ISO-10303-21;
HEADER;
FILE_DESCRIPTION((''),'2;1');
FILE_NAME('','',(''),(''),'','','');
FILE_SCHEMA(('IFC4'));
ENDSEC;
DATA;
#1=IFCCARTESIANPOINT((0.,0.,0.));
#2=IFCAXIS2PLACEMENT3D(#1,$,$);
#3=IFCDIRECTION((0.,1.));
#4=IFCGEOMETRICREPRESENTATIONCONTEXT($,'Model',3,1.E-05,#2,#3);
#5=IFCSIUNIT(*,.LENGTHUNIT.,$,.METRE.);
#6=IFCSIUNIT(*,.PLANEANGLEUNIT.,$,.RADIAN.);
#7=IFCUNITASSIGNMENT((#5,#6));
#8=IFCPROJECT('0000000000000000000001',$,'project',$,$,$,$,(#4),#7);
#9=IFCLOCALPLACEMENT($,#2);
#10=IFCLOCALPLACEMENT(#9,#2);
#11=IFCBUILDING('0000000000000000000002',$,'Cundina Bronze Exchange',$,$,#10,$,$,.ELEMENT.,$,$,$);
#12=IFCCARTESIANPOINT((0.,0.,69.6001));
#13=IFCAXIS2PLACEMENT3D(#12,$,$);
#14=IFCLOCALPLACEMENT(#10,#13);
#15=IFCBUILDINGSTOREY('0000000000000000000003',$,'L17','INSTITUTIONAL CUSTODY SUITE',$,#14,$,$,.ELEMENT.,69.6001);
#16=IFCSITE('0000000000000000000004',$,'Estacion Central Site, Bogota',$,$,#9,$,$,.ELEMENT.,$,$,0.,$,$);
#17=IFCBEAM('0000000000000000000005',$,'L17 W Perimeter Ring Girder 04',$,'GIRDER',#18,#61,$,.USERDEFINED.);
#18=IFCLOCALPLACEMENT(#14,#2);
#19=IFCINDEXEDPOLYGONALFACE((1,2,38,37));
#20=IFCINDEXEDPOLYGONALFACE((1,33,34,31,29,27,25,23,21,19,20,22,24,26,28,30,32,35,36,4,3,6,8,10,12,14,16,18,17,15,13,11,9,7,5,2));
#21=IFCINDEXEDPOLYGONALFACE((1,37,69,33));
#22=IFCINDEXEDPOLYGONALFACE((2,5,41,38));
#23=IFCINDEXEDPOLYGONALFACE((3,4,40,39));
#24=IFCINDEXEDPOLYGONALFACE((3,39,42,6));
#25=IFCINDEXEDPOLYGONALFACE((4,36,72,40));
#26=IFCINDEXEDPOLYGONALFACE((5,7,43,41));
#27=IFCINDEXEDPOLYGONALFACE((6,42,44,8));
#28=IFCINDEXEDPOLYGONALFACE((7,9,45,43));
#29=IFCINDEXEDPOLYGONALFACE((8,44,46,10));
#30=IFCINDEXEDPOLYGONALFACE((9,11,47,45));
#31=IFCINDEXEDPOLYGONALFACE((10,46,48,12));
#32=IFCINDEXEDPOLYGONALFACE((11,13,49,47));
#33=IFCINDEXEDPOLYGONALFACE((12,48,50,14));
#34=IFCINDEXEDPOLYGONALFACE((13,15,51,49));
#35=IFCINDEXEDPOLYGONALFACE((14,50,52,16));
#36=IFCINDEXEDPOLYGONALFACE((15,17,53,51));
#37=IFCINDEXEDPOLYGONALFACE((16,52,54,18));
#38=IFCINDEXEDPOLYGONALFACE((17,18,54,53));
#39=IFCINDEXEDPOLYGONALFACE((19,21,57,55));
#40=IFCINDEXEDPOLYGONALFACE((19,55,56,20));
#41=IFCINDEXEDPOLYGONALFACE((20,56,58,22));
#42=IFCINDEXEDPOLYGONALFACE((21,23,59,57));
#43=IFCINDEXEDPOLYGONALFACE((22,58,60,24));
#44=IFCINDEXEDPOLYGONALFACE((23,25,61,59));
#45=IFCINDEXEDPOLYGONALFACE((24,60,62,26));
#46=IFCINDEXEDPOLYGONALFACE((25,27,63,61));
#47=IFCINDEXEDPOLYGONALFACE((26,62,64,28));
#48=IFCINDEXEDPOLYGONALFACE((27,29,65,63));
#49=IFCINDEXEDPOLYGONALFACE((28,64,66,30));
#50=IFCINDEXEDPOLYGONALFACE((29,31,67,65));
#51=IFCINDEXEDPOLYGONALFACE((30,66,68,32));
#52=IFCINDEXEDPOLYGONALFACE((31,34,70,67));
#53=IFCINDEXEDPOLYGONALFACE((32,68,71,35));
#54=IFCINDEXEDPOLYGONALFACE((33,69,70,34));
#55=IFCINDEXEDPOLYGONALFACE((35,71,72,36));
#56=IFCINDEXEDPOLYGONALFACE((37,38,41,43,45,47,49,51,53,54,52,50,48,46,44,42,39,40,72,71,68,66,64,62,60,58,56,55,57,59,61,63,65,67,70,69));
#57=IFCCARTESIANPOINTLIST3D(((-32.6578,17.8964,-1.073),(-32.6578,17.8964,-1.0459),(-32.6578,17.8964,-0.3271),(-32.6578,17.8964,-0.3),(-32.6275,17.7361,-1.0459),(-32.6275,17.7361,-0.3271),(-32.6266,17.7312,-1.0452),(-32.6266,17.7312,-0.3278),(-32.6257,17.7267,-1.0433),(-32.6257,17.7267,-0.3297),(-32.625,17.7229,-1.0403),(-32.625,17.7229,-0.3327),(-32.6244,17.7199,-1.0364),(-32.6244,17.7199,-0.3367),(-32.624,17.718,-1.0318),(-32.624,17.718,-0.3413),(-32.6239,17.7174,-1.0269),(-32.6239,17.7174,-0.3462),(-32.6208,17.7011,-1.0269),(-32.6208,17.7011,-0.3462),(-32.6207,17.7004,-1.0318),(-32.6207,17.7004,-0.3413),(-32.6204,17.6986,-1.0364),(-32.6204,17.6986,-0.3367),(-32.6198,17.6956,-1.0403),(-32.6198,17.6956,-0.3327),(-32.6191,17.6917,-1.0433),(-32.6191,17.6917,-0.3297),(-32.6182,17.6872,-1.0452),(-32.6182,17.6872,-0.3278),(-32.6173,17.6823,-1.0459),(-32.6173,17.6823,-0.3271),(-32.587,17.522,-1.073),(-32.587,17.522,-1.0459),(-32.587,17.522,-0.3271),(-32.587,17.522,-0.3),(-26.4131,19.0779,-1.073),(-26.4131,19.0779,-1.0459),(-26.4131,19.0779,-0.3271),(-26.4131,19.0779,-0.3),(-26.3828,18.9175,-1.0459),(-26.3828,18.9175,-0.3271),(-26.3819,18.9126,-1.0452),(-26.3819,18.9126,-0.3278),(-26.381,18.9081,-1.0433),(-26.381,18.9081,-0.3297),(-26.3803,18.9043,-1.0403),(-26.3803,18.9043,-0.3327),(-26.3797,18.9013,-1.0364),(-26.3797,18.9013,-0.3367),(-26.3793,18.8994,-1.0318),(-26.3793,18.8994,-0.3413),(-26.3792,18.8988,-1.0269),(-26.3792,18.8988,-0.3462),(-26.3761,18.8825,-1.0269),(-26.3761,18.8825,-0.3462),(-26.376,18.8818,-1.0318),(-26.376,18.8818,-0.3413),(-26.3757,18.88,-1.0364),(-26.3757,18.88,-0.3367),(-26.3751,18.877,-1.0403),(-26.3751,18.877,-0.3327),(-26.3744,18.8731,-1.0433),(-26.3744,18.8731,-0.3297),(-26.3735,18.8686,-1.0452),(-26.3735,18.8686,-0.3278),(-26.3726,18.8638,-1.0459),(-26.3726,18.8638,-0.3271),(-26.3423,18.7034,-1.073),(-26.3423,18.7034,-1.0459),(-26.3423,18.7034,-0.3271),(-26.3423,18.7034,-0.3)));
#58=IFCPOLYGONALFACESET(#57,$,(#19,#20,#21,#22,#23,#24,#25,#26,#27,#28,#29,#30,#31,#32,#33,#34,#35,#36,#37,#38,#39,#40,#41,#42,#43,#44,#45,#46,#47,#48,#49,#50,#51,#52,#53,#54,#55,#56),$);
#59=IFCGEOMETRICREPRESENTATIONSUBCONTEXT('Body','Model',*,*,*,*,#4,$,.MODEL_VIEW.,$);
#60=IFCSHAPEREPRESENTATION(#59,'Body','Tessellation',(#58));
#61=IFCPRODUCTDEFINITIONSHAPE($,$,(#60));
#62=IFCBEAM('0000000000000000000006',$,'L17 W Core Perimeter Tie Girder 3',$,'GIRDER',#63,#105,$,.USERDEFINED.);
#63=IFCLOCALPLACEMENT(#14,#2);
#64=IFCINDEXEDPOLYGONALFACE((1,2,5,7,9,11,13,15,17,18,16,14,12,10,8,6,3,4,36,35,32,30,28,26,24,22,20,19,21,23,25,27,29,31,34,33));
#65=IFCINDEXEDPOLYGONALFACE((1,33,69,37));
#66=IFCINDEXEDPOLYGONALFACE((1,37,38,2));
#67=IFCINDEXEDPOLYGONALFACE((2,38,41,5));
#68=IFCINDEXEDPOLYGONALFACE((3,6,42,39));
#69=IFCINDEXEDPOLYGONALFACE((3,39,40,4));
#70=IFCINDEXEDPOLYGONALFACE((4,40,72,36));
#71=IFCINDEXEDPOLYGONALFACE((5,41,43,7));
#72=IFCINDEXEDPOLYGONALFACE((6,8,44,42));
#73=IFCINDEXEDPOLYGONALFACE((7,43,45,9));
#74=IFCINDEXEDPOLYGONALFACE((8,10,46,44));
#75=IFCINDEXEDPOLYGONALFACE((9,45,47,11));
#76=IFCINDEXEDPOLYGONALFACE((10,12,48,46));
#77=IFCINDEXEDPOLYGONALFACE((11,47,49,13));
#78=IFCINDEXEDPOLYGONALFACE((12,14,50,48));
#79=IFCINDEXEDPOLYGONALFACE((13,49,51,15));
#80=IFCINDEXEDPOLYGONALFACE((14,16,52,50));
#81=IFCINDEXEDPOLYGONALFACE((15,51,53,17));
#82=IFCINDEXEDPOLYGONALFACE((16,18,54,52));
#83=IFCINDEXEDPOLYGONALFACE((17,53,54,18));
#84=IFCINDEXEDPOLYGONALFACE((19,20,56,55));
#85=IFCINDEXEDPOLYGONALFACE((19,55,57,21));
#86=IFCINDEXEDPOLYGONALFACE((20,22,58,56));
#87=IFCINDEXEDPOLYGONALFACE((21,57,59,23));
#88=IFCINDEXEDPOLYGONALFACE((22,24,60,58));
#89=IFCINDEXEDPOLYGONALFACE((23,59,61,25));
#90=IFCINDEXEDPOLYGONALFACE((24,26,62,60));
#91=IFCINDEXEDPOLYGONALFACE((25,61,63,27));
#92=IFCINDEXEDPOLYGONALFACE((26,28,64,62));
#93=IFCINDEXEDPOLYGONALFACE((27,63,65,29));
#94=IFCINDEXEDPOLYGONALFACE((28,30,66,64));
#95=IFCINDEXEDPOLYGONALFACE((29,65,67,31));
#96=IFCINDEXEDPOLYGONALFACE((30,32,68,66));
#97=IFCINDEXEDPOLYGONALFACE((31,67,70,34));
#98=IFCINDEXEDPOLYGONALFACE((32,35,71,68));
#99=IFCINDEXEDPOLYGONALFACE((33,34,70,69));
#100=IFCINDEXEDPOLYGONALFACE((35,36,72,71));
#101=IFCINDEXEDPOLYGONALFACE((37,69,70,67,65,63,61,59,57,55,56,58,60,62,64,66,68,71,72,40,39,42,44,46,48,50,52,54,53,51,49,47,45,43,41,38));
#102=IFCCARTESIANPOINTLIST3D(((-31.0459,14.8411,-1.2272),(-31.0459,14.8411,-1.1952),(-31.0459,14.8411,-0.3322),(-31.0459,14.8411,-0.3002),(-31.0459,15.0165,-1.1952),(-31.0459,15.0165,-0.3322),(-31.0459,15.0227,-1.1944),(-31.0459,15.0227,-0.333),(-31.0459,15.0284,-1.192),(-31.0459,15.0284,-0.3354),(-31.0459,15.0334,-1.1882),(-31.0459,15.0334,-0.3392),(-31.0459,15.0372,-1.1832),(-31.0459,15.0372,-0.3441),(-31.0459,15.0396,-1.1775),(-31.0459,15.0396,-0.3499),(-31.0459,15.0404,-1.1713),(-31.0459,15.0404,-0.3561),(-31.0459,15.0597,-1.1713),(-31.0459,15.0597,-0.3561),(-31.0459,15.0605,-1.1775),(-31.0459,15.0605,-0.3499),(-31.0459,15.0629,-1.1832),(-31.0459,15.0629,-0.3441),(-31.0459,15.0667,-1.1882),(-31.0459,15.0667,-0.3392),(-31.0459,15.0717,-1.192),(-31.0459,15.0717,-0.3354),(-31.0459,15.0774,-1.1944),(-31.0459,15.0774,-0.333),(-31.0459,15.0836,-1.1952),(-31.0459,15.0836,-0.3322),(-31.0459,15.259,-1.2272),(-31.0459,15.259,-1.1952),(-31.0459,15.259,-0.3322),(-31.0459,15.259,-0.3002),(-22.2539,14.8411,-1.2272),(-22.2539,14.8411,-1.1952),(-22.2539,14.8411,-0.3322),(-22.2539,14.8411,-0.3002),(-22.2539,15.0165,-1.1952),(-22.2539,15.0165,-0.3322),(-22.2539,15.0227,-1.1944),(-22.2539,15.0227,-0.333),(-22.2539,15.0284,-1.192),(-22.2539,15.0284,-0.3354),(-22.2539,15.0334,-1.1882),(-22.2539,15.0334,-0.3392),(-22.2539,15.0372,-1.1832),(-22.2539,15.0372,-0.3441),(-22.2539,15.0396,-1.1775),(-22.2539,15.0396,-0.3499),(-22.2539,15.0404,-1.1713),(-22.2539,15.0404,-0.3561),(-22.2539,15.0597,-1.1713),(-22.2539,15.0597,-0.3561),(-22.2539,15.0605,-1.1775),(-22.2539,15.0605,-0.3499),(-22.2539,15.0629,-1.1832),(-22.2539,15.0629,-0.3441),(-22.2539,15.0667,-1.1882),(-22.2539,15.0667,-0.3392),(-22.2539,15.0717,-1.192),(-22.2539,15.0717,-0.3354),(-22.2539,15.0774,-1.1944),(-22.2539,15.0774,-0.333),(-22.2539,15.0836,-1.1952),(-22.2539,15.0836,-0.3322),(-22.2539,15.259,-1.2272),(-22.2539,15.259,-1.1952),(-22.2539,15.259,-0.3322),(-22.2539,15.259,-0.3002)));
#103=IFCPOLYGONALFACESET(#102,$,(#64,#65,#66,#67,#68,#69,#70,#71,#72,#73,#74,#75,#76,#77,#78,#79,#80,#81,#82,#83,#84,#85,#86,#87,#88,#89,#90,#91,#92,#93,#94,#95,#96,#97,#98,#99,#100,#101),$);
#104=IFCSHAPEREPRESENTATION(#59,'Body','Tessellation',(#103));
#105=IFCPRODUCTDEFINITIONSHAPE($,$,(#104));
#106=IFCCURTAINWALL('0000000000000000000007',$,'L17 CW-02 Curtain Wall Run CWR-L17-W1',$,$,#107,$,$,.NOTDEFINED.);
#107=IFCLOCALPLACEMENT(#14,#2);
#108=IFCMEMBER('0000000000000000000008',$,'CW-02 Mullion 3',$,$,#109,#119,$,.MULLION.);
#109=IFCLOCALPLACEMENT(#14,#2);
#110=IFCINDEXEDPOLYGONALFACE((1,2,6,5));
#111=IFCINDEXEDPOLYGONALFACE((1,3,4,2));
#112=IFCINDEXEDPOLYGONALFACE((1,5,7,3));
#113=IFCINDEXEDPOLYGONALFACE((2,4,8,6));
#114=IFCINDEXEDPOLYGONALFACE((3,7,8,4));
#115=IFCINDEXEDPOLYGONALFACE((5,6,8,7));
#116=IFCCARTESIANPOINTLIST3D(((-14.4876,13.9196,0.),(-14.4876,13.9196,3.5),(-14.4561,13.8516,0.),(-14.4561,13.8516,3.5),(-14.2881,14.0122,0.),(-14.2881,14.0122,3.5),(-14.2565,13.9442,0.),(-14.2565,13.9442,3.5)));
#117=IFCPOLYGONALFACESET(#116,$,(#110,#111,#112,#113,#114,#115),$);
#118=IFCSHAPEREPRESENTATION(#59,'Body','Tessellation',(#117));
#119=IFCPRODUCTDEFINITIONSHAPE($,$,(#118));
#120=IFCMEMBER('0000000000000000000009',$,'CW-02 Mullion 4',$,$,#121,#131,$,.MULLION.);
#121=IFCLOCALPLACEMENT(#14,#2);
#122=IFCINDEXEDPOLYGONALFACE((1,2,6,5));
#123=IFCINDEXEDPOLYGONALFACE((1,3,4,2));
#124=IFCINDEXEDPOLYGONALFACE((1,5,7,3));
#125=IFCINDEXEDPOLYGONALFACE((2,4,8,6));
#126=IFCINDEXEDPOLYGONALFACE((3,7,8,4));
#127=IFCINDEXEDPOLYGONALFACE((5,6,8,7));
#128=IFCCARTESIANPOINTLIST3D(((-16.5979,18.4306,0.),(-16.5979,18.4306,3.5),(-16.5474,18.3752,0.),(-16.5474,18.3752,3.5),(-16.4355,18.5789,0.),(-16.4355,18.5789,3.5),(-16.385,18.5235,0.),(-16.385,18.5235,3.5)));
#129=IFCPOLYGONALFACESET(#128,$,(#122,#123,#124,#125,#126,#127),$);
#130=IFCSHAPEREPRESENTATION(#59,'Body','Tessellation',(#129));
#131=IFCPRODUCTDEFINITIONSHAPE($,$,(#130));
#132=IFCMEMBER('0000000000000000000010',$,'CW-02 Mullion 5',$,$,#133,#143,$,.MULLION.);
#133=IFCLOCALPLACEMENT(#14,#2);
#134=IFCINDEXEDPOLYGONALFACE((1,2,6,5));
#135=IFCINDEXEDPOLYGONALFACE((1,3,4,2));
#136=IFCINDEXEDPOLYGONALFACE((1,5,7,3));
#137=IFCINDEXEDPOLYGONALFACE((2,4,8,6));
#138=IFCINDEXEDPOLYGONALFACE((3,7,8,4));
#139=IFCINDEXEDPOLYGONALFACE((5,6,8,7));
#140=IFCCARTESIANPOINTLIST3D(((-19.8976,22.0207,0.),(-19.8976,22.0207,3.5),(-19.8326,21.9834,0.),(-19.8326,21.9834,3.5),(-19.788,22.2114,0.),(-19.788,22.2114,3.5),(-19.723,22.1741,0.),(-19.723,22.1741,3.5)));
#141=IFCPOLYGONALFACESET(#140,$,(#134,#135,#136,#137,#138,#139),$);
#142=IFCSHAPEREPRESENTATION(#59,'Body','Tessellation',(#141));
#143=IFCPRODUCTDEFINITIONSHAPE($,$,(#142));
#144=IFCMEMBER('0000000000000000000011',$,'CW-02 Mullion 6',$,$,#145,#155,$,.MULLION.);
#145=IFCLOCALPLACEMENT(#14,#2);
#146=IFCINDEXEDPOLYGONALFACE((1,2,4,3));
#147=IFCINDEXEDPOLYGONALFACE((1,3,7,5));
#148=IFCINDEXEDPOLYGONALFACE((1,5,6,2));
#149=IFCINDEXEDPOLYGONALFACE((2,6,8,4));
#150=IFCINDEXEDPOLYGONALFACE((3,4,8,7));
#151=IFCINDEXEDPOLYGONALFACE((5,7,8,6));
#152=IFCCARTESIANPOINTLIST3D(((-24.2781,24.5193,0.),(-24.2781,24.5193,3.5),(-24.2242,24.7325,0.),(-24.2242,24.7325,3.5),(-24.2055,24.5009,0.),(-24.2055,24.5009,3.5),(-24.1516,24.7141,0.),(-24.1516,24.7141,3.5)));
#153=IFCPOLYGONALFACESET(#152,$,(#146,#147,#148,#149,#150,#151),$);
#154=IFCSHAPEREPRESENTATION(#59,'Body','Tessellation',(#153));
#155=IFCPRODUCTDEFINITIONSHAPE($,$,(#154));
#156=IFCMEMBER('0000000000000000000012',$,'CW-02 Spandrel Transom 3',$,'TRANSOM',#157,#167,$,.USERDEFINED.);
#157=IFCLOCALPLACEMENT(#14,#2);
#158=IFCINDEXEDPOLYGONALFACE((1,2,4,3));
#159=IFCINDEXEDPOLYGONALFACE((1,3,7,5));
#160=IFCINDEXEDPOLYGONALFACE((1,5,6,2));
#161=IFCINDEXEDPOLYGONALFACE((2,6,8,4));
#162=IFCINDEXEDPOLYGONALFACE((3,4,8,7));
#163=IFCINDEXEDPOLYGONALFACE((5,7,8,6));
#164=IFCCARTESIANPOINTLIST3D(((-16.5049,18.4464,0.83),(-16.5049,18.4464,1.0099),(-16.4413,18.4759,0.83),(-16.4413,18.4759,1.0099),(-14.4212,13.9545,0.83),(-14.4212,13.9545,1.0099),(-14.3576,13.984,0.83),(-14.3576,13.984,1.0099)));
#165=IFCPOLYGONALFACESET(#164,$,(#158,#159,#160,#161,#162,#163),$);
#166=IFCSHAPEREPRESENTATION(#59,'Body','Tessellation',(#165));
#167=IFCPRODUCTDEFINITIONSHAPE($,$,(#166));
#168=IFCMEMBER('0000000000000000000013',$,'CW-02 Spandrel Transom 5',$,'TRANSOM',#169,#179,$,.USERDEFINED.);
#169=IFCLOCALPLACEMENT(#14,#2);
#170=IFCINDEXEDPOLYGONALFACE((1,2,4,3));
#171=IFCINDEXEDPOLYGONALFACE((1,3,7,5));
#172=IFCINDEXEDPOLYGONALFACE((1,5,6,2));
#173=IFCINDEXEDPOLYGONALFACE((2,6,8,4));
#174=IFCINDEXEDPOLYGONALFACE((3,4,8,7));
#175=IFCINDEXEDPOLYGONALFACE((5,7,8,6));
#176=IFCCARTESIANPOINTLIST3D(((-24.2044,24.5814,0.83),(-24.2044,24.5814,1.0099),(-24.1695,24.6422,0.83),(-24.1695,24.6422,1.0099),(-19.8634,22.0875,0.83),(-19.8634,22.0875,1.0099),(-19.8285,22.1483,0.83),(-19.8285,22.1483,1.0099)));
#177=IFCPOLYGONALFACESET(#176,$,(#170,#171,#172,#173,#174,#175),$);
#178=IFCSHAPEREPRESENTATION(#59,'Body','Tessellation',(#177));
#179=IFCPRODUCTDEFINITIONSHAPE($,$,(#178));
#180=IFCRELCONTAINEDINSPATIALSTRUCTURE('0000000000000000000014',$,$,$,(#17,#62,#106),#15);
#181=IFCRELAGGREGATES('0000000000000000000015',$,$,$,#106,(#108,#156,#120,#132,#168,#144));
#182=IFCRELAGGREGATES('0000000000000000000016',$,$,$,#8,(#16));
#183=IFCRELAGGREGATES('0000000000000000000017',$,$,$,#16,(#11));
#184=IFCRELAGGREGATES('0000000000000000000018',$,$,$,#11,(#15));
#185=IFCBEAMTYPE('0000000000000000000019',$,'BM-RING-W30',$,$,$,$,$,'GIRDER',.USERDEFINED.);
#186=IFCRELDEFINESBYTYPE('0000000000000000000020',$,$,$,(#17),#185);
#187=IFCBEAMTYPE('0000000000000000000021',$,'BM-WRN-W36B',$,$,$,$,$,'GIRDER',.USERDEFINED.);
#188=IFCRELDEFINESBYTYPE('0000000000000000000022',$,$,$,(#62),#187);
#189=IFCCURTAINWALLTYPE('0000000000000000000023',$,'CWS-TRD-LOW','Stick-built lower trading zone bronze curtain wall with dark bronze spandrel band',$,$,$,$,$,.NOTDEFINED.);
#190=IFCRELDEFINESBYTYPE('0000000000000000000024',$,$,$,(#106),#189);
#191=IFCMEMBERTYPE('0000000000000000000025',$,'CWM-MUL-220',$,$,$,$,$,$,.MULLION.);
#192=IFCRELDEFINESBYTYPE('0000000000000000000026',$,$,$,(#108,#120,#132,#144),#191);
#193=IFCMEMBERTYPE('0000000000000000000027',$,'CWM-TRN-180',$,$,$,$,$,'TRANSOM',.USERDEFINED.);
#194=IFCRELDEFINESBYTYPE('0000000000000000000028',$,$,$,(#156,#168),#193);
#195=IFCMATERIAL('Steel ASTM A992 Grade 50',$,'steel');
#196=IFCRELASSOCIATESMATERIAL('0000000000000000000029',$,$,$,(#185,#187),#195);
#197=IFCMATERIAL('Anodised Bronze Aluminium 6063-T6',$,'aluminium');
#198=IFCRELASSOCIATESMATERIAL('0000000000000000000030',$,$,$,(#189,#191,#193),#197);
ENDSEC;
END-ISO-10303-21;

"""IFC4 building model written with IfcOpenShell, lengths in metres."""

from ifc_helpers import new_model, si_unit, direction, frame, origin, origin_2d, place, context, subcontext, project, spatial, rectangle, i_section, extrude, material, material_profile, profile_set, type_object, element, aggregate, save


model = new_model("IFC4")

# Units and contexts
model_context = context("Model", 3, precision=1e-05, world=origin(), true_north=direction((0.0, 1.0)))
body_context = subcontext(model_context, "Body", "Model", "MODEL_VIEW")
ifc_project = project(units=[si_unit("LENGTHUNIT", "METRE"), si_unit("PLANEANGLEUNIT", "RADIAN")], contexts=[model_context])

# Site, building, storey
site_placement = place(None, origin())
site = spatial("IfcSite", under=ifc_project, at=site_placement, Name="Estacion Central Site, Bogota", CompositionType="ELEMENT", RefElevation=0.0)
building_placement = place(site_placement, origin())
building = spatial("IfcBuilding", under=site, at=building_placement, Name="Cundina Bronze Exchange", CompositionType="ELEMENT")
storey_placement = place(building_placement, frame((0.0, 0.0, 69.6001)))
storey = spatial("IfcBuildingStorey", under=building, at=storey_placement, Name="L17", Description="INSTITUTIONAL CUSTODY SUITE", CompositionType="ELEMENT", Elevation=69.6001)

# Shared definitions
ifc_material_1 = material(Name="Steel ASTM A992 Grade 50", Category="steel")

# Beams
ifc_material_profile_1 = material_profile(ifc_material_1, i_section(OverallWidth=0.3811, OverallDepth=0.7729, WebThickness=0.0166, FlangeThickness=0.0271, FilletRadius=0.019, at=origin_2d()), Name="W30X173", Category="steel")
ifc_profile_set_1 = profile_set([ifc_material_profile_1], Name="Steel ASTM A992 Grade 50")
beam_type_1 = type_object("IfcBeamType", Name="BM-RING-W30", ElementType="GIRDER", PredefinedType="USERDEFINED", material=ifc_profile_set_1)
beam_1_placement = place(storey_placement, frame((-26.3777, 18.8906, -0.6865), z_axis=(-0.982571, -0.185889, 0.0), x_axis=(0.185889, -0.982571, 0.0)))
element("IfcBeam", 1, at=beam_1_placement, inside=storey, type_object=beam_type_1, Name="L17 W Perimeter Ring Girder 04", ObjectType="GIRDER", PredefinedType="USERDEFINED", context=body_context, shape_type="SweptSolid", body=[
    extrude(i_section(OverallWidth=0.3811, OverallDepth=0.7729, WebThickness=0.0166, FlangeThickness=0.0271, FilletRadius=0.019, at=origin_2d()), origin(), (0.0, 0.0, 1.0), 6.3555),
])
ifc_material_profile_2 = material_profile(ifc_material_1, i_section(OverallWidth=0.418, OverallDepth=0.927, WebThickness=0.0193, FlangeThickness=0.032, FilletRadius=0.0239, at=origin_2d()), Name="W36X231", Category="steel")
ifc_profile_set_2 = profile_set([ifc_material_profile_2], Name="Steel ASTM A992 Grade 50")
beam_type_2 = type_object("IfcBeamType", Name="BM-WRN-W36B", ElementType="GIRDER", PredefinedType="USERDEFINED", material=ifc_profile_set_2)
beam_2_placement = place(storey_placement, frame((-22.2539, 15.05, -0.7637), z_axis=(-1.0, 0.0, 0.0), x_axis=(0.0, -1.0, 0.0)))
element("IfcBeam", 2, at=beam_2_placement, inside=storey, type_object=beam_type_2, Name="L17 W Core Perimeter Tie Girder 3", ObjectType="GIRDER", PredefinedType="USERDEFINED", context=body_context, shape_type="SweptSolid", body=[
    extrude(i_section(OverallWidth=0.418, OverallDepth=0.927, WebThickness=0.0193, FlangeThickness=0.032, FilletRadius=0.0239, at=origin_2d()), origin(), (0.0, 0.0, 1.0), 8.792),
])

# Curtain wall, members
ifc_material_2 = material(Name="Anodised Bronze Aluminium 6063-T6", Category="aluminium")
curtain_wall_type = type_object("IfcCurtainWallType", Name="CWS-TRD-LOW", Description="Stick-built lower trading zone bronze curtain wall with dark bronze spandrel band", PredefinedType="NOTDEFINED", material=ifc_material_2)
curtain_wall_placement = place(storey_placement, origin())
curtain_wall = element("IfcCurtainWall", 3, at=curtain_wall_placement, inside=storey, type_object=curtain_wall_type, Name="L17 CW-02 Curtain Wall Run CWR-L17-W1", PredefinedType="NOTDEFINED")
ifc_material_profile_3 = material_profile(ifc_material_2, rectangle(XDim=0.075, YDim=0.22, at=origin_2d()), Name="AL75X220", Category="aluminium")
ifc_profile_set_3 = profile_set([ifc_material_profile_3], Name="Anodised Bronze Aluminium 6063-T6")
member_type_1 = type_object("IfcMemberType", Name="CWM-MUL-220", PredefinedType="MULLION", material=ifc_profile_set_3)
member_1_placement = place(storey_placement, frame((-14.3721, 13.9319, 0.0), z_axis=(0.0, 0.0, 1.0), x_axis=(-0.420877, 0.907117, 0.0)))
member_1 = element("IfcMember", 4, at=member_1_placement, type_object=member_type_1, Name="CW-02 Mullion 3", PredefinedType="MULLION", context=body_context, shape_type="SweptSolid", body=[
    extrude(rectangle(XDim=0.075, YDim=0.22, at=origin_2d()), origin(), (0.0, 0.0, 1.0), 3.5),
])
member_2_placement = place(storey_placement, frame((-16.4915, 18.4771, 0.0), z_axis=(0.0, 0.0, 1.0), x_axis=(-0.674302, 0.738455, 0.0)))
member_2 = element("IfcMember", 5, at=member_2_placement, type_object=member_type_1, Name="CW-02 Mullion 4", PredefinedType="MULLION", context=body_context, shape_type="SweptSolid", body=[
    extrude(rectangle(XDim=0.075, YDim=0.22, at=origin_2d()), origin(), (0.0, 0.0, 1.0), 3.5),
])
member_3_placement = place(storey_placement, frame((-19.8103, 22.0974, 0.0), z_axis=(0.0, 0.0, 1.0), x_axis=(-0.867071, 0.498185, 0.0)))
member_3 = element("IfcMember", 6, at=member_3_placement, type_object=member_type_1, Name="CW-02 Mullion 5", PredefinedType="MULLION", context=body_context, shape_type="SweptSolid", body=[
    extrude(rectangle(XDim=0.075, YDim=0.22, at=origin_2d()), origin(), (0.0, 0.0, 1.0), 3.5),
])
member_4_placement = place(storey_placement, frame((-24.2148, 24.6167, 0.0), z_axis=(0.0, 0.0, 1.0), x_axis=(-0.969488, 0.245138, 0.0)))
member_4 = element("IfcMember", 7, at=member_4_placement, type_object=member_type_1, Name="CW-02 Mullion 6", PredefinedType="MULLION", context=body_context, shape_type="SweptSolid", body=[
    extrude(rectangle(XDim=0.075, YDim=0.22, at=origin_2d()), origin(), (0.0, 0.0, 1.0), 3.5),
])
ifc_material_profile_4 = material_profile(ifc_material_2, rectangle(XDim=0.0701, YDim=0.1799, at=origin_2d()), Name="AL70X180", Category="aluminium")
ifc_profile_set_4 = profile_set([ifc_material_profile_4], Name="Anodised Bronze Aluminium 6063-T6")
member_type_2 = type_object("IfcMemberType", Name="CWM-TRN-180", ElementType="TRANSOM", PredefinedType="USERDEFINED", material=ifc_profile_set_4)
member_5_placement = place(storey_placement, frame((-14.3894, 13.9692, 0.9199), z_axis=(-0.420811, 0.907148, 0.0), x_axis=(-0.907148, -0.420811, 0.0)))
member_5 = element("IfcMember", 8, at=member_5_placement, type_object=member_type_2, Name="CW-02 Spandrel Transom 3", ObjectType="TRANSOM", PredefinedType="USERDEFINED", context=body_context, shape_type="SweptSolid", body=[
    extrude(rectangle(XDim=0.0701, YDim=0.1799, at=origin_2d()), origin(), (0.0, 0.0, 1.0), 4.9517),
])
member_6_placement = place(storey_placement, frame((-19.8459, 22.1179, 0.9199), z_axis=(-0.867097, 0.498139, 0.0), x_axis=(-0.498139, -0.867097, 0.0)))
member_6 = element("IfcMember", 9, at=member_6_placement, type_object=member_type_2, Name="CW-02 Spandrel Transom 5", ObjectType="TRANSOM", PredefinedType="USERDEFINED", context=body_context, shape_type="SweptSolid", body=[
    extrude(rectangle(XDim=0.0701, YDim=0.1799, at=origin_2d()), origin(), (0.0, 0.0, 1.0), 5.0063),
])
aggregate(curtain_wall, [member_1, member_5, member_2, member_3, member_6, member_4])

save(model, "model.ifc")
